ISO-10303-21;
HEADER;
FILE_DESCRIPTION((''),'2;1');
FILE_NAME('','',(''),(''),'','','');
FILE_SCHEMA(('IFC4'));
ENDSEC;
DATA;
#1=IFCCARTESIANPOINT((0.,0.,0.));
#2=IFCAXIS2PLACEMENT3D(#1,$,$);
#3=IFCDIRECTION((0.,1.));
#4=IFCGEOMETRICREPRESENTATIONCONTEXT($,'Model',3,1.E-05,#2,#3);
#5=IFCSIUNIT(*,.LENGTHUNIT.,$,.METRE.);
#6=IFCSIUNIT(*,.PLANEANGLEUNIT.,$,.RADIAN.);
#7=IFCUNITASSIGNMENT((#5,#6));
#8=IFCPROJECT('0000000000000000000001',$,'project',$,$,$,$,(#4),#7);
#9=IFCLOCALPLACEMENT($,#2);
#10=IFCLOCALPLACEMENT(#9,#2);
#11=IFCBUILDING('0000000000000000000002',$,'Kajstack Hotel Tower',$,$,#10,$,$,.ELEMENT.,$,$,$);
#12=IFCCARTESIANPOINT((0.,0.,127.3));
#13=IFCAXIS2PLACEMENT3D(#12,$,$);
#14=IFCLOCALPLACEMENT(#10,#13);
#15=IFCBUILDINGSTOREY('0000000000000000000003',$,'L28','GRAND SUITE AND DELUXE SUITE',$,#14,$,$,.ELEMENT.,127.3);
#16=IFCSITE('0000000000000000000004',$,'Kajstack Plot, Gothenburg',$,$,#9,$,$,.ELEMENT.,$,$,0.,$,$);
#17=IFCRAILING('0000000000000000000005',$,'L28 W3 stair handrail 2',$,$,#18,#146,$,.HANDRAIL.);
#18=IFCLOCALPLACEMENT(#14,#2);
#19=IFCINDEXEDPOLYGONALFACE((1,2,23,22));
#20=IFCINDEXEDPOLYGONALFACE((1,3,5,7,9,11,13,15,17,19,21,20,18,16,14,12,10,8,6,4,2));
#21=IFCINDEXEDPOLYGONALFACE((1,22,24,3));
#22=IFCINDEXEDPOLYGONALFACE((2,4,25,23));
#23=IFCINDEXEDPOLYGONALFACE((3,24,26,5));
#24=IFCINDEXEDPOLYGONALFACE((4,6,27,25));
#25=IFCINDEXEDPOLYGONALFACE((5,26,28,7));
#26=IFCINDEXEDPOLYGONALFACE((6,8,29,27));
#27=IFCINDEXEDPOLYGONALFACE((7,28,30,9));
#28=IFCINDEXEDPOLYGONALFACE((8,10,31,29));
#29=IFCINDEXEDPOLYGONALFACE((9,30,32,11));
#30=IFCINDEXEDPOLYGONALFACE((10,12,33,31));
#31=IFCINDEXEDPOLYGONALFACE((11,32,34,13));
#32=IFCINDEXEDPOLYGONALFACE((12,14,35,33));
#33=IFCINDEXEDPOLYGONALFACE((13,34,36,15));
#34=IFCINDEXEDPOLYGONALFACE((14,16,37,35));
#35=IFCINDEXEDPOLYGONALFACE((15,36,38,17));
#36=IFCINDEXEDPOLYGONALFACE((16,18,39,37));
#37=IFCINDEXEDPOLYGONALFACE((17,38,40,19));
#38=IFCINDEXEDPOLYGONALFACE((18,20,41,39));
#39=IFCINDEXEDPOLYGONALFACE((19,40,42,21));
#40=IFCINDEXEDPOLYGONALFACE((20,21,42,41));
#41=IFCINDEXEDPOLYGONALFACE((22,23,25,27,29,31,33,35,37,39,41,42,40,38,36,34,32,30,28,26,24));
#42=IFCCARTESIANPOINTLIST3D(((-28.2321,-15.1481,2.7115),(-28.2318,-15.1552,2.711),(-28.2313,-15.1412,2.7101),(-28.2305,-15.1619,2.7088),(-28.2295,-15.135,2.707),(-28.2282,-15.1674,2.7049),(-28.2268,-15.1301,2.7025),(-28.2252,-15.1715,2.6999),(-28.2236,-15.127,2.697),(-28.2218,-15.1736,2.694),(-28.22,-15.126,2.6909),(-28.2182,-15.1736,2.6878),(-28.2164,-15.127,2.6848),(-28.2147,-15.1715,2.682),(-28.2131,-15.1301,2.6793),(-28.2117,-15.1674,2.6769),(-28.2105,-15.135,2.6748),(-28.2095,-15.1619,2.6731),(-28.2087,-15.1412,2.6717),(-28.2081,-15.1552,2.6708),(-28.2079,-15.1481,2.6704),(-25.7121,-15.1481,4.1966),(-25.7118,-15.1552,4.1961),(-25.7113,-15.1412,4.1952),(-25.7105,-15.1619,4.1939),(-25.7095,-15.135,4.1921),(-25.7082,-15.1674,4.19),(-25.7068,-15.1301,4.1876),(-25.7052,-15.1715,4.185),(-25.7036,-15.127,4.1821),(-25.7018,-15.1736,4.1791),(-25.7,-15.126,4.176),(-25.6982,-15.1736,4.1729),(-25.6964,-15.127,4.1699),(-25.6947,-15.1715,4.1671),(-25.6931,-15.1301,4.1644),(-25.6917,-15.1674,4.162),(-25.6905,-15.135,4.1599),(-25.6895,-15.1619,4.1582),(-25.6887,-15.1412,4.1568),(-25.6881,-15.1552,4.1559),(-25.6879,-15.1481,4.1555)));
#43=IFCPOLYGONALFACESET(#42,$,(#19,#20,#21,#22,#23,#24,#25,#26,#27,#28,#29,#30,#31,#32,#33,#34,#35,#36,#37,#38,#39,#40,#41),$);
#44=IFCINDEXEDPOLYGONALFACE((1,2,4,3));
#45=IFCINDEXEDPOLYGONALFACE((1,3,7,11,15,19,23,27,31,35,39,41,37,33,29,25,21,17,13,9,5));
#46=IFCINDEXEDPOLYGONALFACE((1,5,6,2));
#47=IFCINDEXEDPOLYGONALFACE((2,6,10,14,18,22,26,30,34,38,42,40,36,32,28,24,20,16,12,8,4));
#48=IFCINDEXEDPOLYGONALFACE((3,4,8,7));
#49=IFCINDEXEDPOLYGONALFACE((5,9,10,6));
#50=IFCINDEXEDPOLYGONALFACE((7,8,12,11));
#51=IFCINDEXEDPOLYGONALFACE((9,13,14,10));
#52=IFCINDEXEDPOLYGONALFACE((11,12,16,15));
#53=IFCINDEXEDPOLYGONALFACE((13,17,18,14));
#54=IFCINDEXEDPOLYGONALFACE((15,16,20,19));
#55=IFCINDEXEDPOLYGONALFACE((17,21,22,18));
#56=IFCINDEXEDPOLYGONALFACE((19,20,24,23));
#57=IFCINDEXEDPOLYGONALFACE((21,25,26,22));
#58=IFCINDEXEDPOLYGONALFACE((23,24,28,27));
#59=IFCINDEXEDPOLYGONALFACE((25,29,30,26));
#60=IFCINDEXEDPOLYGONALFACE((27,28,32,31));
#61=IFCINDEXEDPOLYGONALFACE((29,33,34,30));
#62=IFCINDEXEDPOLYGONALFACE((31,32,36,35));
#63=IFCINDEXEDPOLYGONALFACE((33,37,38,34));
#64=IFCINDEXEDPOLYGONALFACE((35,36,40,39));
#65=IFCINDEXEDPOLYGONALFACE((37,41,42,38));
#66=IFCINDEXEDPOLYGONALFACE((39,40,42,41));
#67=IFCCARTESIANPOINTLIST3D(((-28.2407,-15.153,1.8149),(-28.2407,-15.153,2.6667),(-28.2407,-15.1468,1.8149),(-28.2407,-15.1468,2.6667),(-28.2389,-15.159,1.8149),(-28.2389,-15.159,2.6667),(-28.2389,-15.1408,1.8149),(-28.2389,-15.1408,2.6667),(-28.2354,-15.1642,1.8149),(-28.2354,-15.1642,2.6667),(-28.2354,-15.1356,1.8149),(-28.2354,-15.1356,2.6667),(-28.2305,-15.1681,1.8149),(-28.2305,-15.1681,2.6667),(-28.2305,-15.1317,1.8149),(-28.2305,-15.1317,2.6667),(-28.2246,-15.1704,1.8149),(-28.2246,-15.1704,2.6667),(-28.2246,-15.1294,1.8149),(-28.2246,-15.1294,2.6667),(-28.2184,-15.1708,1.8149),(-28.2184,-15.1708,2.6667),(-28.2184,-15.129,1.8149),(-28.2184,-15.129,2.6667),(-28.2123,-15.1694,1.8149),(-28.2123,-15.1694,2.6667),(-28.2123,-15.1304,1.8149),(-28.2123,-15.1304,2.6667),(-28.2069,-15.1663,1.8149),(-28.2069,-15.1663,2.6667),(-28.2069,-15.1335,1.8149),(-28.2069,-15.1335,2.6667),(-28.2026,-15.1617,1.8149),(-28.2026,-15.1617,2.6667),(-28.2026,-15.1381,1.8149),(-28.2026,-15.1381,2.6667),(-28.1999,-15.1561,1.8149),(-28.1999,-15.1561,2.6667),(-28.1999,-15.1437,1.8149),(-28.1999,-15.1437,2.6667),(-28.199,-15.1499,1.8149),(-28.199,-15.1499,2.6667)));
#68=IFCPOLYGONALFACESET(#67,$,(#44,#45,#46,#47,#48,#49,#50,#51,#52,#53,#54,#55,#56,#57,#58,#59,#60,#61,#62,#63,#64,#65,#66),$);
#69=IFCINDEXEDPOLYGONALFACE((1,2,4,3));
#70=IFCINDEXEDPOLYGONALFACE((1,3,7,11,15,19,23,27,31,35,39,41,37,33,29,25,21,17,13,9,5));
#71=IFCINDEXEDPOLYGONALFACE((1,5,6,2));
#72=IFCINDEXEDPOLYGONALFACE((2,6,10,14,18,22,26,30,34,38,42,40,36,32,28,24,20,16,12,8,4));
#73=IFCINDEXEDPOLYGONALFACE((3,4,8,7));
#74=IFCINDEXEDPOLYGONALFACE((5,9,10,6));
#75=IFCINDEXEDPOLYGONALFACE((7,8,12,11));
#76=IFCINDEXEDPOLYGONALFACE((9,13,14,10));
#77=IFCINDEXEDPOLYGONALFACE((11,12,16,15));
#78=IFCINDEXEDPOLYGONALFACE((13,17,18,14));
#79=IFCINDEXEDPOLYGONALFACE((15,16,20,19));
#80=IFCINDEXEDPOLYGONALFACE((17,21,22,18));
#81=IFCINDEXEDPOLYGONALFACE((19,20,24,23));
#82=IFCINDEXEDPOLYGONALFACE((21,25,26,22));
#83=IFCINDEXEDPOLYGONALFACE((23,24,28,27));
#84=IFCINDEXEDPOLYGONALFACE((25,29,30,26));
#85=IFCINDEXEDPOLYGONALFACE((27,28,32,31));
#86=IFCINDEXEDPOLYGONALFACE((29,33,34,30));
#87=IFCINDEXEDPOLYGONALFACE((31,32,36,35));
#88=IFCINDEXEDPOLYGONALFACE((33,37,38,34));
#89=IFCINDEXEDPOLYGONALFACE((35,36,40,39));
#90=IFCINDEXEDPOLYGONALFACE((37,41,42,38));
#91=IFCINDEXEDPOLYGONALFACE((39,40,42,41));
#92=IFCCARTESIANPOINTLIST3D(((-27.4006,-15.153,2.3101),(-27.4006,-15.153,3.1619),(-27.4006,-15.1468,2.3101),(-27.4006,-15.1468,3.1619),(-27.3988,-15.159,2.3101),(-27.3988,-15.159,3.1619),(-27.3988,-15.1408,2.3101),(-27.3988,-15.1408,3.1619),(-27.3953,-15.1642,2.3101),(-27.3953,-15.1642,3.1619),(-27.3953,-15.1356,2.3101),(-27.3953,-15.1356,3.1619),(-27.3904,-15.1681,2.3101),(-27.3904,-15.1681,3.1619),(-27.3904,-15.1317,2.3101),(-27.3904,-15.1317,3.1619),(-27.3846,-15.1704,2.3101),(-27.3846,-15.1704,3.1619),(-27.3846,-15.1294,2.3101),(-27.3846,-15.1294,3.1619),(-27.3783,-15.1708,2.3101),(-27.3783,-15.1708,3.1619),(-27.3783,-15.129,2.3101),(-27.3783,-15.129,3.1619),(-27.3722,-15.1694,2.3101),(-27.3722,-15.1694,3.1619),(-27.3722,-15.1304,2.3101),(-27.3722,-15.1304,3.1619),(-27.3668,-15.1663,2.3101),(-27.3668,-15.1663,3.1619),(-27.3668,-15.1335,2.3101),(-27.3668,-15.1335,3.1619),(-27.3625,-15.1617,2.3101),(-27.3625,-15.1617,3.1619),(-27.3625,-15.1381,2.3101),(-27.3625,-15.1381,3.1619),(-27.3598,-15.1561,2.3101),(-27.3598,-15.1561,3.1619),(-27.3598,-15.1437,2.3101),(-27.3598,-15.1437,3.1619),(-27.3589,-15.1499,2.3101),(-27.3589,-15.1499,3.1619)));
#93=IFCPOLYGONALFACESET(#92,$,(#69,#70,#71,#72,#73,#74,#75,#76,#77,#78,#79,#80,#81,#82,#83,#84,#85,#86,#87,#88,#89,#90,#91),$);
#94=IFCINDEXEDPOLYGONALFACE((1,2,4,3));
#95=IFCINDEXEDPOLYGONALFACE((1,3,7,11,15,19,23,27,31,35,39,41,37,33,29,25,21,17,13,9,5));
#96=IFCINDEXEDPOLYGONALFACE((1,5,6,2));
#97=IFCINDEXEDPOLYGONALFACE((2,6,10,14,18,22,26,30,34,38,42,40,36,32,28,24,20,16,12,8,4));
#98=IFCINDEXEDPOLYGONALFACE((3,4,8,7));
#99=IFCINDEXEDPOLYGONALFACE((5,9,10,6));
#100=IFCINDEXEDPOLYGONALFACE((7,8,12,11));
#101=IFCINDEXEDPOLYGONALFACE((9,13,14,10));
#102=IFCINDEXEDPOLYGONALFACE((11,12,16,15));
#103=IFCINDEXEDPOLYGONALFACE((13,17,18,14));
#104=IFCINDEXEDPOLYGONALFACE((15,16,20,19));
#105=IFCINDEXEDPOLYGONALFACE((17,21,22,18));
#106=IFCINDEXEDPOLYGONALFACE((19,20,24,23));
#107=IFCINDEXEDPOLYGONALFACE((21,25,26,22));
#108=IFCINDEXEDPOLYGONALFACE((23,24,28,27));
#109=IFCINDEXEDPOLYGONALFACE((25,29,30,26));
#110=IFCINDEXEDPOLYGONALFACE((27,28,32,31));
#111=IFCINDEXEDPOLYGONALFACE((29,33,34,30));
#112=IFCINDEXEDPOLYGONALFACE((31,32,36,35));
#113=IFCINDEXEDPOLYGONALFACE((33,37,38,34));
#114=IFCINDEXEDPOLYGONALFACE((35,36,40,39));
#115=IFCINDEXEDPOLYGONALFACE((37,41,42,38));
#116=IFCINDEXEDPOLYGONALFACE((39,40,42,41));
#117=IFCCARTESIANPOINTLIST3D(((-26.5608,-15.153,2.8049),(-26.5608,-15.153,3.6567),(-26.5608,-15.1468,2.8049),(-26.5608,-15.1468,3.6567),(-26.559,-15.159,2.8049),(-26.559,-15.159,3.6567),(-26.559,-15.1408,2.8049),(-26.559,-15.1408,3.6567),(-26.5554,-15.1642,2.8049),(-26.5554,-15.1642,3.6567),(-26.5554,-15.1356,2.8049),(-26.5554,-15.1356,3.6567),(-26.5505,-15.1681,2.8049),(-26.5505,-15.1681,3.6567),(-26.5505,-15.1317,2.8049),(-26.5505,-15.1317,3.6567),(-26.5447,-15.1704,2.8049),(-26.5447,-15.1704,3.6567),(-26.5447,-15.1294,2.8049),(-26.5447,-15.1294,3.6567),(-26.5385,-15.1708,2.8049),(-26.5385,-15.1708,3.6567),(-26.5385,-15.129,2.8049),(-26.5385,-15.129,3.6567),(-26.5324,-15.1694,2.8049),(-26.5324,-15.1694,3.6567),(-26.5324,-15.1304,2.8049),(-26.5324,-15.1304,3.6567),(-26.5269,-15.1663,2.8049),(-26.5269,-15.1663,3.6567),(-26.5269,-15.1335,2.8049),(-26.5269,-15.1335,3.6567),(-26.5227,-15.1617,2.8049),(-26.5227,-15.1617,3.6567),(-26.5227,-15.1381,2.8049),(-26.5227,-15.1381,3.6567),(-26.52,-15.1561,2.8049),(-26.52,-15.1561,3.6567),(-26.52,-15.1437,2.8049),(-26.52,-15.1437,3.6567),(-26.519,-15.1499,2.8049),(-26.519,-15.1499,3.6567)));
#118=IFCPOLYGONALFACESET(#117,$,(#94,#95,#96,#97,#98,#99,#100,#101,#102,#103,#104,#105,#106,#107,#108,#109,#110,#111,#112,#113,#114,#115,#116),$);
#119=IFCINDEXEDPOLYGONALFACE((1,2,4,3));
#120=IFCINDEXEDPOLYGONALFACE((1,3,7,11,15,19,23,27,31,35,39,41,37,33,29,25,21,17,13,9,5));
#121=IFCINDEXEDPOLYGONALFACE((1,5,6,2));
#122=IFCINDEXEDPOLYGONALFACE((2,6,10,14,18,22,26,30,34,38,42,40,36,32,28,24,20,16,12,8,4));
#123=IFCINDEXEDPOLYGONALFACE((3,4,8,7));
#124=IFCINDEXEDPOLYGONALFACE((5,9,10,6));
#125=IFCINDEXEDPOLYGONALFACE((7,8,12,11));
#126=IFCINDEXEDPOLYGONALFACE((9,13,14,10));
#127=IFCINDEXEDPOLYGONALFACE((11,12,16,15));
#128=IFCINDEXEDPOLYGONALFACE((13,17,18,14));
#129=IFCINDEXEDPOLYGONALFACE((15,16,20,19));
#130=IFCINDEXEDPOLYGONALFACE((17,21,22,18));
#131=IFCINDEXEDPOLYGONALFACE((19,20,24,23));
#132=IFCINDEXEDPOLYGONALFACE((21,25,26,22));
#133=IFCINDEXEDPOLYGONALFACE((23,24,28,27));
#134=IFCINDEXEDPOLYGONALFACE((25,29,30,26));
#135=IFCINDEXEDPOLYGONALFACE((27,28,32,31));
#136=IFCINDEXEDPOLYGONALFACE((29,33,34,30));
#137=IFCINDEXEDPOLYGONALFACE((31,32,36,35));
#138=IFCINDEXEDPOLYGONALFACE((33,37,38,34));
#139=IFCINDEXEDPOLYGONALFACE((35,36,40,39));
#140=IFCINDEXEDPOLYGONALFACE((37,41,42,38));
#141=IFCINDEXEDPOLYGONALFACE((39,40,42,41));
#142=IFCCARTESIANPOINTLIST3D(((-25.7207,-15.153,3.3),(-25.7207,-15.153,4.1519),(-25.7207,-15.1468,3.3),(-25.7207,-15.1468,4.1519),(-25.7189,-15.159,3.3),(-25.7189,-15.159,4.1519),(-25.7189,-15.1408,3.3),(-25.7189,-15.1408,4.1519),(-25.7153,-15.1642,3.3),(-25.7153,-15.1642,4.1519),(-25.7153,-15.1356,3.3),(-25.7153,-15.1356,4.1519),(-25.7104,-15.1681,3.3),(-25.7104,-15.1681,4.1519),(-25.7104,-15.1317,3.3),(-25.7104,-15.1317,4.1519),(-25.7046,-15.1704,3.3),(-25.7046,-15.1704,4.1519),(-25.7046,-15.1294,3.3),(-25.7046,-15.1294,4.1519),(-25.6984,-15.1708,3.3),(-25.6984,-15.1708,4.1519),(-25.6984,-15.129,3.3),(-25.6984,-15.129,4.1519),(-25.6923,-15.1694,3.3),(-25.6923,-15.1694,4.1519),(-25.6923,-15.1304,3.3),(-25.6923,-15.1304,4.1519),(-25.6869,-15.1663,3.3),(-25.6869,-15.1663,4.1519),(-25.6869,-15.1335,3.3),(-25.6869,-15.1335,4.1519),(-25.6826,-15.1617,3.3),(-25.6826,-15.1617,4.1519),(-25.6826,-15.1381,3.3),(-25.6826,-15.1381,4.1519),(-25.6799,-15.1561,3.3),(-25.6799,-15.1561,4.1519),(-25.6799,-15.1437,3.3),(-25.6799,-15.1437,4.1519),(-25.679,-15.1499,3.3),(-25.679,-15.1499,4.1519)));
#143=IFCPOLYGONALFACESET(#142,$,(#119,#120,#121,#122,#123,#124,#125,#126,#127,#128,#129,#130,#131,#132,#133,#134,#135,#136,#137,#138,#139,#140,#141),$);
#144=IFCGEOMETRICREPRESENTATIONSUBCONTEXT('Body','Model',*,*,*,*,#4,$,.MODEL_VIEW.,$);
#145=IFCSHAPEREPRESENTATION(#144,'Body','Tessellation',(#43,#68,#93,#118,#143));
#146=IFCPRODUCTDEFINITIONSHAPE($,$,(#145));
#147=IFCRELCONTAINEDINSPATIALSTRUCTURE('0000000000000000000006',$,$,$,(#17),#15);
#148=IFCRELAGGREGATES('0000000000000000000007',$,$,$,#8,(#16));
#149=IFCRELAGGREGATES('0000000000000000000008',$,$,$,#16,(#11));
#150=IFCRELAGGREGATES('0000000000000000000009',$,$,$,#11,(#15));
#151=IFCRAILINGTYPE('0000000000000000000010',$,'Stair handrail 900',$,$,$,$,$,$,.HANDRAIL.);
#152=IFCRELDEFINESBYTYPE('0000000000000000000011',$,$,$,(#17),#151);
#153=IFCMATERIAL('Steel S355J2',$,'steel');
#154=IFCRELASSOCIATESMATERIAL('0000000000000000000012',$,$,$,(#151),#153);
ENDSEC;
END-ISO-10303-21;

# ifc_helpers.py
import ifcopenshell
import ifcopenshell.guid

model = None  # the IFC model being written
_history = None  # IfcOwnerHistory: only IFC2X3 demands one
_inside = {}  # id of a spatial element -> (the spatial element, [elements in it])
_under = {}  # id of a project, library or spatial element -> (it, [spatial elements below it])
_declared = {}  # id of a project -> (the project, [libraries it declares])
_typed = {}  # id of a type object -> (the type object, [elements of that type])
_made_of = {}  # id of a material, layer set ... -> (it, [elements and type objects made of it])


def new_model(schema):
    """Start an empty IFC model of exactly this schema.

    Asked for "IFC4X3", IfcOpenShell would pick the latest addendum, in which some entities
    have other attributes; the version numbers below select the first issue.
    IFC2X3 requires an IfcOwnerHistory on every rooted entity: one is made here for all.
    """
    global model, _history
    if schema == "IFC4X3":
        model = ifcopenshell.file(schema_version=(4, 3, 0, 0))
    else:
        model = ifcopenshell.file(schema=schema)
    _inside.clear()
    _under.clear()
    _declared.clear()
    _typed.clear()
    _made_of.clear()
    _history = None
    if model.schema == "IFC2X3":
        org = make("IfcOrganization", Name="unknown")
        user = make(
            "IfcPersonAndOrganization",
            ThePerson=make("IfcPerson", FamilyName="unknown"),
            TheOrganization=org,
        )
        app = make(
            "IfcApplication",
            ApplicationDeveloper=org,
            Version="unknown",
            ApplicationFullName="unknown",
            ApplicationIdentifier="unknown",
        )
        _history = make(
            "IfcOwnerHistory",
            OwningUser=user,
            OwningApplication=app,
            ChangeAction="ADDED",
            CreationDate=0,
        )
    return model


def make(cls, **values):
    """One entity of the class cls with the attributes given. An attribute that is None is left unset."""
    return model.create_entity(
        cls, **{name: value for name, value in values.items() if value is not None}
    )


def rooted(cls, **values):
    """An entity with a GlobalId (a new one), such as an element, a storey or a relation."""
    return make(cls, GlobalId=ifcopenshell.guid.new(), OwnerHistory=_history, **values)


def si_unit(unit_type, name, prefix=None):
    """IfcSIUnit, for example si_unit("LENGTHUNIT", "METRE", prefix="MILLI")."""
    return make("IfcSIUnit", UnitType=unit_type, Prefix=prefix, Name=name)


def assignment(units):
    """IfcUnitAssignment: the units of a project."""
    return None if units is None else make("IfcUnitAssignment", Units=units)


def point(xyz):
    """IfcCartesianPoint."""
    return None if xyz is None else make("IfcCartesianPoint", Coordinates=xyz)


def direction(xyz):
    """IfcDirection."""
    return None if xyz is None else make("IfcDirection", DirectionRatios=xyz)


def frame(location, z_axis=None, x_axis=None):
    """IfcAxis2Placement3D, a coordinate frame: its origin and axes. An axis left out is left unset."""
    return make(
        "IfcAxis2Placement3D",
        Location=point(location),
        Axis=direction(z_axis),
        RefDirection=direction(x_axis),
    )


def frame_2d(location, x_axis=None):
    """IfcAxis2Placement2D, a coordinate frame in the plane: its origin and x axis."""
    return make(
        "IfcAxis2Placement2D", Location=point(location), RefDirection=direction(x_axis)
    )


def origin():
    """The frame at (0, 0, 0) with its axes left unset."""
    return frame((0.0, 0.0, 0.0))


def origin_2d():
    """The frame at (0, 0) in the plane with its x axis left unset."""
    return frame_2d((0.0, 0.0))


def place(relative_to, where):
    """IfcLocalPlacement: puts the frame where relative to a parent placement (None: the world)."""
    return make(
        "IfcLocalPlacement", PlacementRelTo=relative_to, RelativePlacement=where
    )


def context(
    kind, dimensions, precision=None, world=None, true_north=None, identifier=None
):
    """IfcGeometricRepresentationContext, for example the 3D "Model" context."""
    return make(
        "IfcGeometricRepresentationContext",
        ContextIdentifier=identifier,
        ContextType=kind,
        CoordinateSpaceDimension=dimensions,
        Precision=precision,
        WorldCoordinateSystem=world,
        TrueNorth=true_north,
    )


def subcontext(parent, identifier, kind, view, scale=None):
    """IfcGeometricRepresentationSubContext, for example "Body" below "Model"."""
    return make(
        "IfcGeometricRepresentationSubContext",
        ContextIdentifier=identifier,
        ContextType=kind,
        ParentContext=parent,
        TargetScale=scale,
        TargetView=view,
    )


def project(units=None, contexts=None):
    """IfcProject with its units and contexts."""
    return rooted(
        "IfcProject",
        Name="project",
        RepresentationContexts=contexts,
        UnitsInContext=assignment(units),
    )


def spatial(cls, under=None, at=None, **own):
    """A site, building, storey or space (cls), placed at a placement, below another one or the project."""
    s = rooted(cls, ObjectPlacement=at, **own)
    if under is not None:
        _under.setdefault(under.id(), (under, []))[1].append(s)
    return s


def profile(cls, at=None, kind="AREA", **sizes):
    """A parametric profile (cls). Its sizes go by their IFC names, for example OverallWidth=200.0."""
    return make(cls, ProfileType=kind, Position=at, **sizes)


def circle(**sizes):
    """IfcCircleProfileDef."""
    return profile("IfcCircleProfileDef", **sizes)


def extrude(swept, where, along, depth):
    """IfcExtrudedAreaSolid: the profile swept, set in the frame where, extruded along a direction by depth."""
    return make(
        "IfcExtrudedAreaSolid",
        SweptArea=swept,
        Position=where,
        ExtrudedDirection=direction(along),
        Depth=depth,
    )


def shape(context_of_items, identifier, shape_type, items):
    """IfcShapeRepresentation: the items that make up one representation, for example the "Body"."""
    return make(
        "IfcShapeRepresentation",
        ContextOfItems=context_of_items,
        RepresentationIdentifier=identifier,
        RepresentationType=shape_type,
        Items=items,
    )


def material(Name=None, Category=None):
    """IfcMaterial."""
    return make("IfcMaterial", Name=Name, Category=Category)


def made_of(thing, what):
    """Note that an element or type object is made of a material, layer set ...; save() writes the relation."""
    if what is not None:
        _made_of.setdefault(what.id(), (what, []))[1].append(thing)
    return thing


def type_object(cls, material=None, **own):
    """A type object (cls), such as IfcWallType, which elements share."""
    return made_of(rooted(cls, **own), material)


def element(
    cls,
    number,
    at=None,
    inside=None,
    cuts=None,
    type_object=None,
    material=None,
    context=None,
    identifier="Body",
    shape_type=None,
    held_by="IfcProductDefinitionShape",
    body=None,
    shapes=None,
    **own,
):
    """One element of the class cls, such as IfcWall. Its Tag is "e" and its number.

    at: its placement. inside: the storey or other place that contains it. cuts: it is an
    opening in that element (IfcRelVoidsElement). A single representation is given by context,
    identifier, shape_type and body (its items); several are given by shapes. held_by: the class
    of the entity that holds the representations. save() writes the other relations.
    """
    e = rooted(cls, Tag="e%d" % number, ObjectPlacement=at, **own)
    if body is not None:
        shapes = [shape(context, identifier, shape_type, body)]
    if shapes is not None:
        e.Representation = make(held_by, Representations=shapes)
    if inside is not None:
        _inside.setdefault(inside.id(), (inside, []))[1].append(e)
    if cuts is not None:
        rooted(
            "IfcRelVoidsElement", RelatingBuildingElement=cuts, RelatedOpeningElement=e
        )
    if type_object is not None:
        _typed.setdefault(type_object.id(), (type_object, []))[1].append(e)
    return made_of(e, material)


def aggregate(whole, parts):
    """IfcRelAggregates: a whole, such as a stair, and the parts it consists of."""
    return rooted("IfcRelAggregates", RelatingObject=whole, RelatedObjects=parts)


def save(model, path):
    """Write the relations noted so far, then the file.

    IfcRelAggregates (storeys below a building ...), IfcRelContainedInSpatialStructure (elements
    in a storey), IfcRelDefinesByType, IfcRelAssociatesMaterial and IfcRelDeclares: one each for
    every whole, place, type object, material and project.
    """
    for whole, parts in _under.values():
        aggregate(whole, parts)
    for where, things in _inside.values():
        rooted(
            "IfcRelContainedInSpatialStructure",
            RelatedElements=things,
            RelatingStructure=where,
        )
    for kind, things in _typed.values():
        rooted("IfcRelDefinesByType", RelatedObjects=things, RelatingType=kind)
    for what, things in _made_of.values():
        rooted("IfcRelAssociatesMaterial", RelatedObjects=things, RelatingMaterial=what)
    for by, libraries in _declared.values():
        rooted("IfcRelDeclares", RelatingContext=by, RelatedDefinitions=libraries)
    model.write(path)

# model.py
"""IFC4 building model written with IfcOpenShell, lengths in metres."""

from ifc_helpers import new_model, si_unit, direction, frame, origin, origin_2d, place, context, subcontext, project, spatial, circle, extrude, material, type_object, element, save


model = new_model("IFC4")

# Units and contexts
model_context = context("Model", 3, precision=1e-05, world=origin(), true_north=direction((0.0, 1.0)))
body_context = subcontext(model_context, "Body", "Model", "MODEL_VIEW")
ifc_project = project(units=[si_unit("LENGTHUNIT", "METRE"), si_unit("PLANEANGLEUNIT", "RADIAN")], contexts=[model_context])

# Site, building, storey
site_placement = place(None, origin())
site = spatial("IfcSite", under=ifc_project, at=site_placement, Name="Kajstack Plot, Gothenburg", CompositionType="ELEMENT", RefElevation=0.0)
building_placement = place(site_placement, origin())
building = spatial("IfcBuilding", under=site, at=building_placement, Name="Kajstack Hotel Tower", CompositionType="ELEMENT")
storey_placement = place(building_placement, frame((0.0, 0.0, 127.3)))
storey = spatial("IfcBuildingStorey", under=building, at=storey_placement, Name="L28", Description="GRAND SUITE AND DELUXE SUITE", CompositionType="ELEMENT", Elevation=127.3)

# Railing
ifc_material_1 = material(Name="Steel S355J2", Category="steel")
railing_type_1 = type_object("IfcRailingType", Name="Stair handrail 900", PredefinedType="HANDRAIL", material=ifc_material_1)
railing_1_placement = place(storey_placement, frame((-28.22, -15.1499, 1.8149)))
element("IfcRailing", 1, at=railing_1_placement, inside=storey, type_object=railing_type_1, Name="L28 W3 stair handrail 2", PredefinedType="HANDRAIL", context=body_context, shape_type="SweptSolid", body=[
    extrude(circle(Radius=0.0239, at=origin_2d()), frame((0.0, 0.0, 0.876), z_axis=(0.861524, 0.0, 0.507717), x_axis=(0.0, 1.0, 0.0)), (0.0, 0.0, 1.0), 2.925),
    extrude(circle(Radius=0.021, at=origin_2d()), origin(), (0.0, 0.0, 1.0), 0.8518),
    extrude(circle(Radius=0.021, at=origin_2d()), frame((0.8401, 0.0, 0.4951)), (0.0, 0.0, 1.0), 0.8518),
    extrude(circle(Radius=0.021, at=origin_2d()), frame((1.6799, 0.0, 0.99)), (0.0, 0.0, 1.0), 0.8518),
    extrude(circle(Radius=0.021, at=origin_2d()), frame((2.52, 0.0, 1.4851)), (0.0, 0.0, 1.0), 0.8518),
])

save(model, "model.ifc")
